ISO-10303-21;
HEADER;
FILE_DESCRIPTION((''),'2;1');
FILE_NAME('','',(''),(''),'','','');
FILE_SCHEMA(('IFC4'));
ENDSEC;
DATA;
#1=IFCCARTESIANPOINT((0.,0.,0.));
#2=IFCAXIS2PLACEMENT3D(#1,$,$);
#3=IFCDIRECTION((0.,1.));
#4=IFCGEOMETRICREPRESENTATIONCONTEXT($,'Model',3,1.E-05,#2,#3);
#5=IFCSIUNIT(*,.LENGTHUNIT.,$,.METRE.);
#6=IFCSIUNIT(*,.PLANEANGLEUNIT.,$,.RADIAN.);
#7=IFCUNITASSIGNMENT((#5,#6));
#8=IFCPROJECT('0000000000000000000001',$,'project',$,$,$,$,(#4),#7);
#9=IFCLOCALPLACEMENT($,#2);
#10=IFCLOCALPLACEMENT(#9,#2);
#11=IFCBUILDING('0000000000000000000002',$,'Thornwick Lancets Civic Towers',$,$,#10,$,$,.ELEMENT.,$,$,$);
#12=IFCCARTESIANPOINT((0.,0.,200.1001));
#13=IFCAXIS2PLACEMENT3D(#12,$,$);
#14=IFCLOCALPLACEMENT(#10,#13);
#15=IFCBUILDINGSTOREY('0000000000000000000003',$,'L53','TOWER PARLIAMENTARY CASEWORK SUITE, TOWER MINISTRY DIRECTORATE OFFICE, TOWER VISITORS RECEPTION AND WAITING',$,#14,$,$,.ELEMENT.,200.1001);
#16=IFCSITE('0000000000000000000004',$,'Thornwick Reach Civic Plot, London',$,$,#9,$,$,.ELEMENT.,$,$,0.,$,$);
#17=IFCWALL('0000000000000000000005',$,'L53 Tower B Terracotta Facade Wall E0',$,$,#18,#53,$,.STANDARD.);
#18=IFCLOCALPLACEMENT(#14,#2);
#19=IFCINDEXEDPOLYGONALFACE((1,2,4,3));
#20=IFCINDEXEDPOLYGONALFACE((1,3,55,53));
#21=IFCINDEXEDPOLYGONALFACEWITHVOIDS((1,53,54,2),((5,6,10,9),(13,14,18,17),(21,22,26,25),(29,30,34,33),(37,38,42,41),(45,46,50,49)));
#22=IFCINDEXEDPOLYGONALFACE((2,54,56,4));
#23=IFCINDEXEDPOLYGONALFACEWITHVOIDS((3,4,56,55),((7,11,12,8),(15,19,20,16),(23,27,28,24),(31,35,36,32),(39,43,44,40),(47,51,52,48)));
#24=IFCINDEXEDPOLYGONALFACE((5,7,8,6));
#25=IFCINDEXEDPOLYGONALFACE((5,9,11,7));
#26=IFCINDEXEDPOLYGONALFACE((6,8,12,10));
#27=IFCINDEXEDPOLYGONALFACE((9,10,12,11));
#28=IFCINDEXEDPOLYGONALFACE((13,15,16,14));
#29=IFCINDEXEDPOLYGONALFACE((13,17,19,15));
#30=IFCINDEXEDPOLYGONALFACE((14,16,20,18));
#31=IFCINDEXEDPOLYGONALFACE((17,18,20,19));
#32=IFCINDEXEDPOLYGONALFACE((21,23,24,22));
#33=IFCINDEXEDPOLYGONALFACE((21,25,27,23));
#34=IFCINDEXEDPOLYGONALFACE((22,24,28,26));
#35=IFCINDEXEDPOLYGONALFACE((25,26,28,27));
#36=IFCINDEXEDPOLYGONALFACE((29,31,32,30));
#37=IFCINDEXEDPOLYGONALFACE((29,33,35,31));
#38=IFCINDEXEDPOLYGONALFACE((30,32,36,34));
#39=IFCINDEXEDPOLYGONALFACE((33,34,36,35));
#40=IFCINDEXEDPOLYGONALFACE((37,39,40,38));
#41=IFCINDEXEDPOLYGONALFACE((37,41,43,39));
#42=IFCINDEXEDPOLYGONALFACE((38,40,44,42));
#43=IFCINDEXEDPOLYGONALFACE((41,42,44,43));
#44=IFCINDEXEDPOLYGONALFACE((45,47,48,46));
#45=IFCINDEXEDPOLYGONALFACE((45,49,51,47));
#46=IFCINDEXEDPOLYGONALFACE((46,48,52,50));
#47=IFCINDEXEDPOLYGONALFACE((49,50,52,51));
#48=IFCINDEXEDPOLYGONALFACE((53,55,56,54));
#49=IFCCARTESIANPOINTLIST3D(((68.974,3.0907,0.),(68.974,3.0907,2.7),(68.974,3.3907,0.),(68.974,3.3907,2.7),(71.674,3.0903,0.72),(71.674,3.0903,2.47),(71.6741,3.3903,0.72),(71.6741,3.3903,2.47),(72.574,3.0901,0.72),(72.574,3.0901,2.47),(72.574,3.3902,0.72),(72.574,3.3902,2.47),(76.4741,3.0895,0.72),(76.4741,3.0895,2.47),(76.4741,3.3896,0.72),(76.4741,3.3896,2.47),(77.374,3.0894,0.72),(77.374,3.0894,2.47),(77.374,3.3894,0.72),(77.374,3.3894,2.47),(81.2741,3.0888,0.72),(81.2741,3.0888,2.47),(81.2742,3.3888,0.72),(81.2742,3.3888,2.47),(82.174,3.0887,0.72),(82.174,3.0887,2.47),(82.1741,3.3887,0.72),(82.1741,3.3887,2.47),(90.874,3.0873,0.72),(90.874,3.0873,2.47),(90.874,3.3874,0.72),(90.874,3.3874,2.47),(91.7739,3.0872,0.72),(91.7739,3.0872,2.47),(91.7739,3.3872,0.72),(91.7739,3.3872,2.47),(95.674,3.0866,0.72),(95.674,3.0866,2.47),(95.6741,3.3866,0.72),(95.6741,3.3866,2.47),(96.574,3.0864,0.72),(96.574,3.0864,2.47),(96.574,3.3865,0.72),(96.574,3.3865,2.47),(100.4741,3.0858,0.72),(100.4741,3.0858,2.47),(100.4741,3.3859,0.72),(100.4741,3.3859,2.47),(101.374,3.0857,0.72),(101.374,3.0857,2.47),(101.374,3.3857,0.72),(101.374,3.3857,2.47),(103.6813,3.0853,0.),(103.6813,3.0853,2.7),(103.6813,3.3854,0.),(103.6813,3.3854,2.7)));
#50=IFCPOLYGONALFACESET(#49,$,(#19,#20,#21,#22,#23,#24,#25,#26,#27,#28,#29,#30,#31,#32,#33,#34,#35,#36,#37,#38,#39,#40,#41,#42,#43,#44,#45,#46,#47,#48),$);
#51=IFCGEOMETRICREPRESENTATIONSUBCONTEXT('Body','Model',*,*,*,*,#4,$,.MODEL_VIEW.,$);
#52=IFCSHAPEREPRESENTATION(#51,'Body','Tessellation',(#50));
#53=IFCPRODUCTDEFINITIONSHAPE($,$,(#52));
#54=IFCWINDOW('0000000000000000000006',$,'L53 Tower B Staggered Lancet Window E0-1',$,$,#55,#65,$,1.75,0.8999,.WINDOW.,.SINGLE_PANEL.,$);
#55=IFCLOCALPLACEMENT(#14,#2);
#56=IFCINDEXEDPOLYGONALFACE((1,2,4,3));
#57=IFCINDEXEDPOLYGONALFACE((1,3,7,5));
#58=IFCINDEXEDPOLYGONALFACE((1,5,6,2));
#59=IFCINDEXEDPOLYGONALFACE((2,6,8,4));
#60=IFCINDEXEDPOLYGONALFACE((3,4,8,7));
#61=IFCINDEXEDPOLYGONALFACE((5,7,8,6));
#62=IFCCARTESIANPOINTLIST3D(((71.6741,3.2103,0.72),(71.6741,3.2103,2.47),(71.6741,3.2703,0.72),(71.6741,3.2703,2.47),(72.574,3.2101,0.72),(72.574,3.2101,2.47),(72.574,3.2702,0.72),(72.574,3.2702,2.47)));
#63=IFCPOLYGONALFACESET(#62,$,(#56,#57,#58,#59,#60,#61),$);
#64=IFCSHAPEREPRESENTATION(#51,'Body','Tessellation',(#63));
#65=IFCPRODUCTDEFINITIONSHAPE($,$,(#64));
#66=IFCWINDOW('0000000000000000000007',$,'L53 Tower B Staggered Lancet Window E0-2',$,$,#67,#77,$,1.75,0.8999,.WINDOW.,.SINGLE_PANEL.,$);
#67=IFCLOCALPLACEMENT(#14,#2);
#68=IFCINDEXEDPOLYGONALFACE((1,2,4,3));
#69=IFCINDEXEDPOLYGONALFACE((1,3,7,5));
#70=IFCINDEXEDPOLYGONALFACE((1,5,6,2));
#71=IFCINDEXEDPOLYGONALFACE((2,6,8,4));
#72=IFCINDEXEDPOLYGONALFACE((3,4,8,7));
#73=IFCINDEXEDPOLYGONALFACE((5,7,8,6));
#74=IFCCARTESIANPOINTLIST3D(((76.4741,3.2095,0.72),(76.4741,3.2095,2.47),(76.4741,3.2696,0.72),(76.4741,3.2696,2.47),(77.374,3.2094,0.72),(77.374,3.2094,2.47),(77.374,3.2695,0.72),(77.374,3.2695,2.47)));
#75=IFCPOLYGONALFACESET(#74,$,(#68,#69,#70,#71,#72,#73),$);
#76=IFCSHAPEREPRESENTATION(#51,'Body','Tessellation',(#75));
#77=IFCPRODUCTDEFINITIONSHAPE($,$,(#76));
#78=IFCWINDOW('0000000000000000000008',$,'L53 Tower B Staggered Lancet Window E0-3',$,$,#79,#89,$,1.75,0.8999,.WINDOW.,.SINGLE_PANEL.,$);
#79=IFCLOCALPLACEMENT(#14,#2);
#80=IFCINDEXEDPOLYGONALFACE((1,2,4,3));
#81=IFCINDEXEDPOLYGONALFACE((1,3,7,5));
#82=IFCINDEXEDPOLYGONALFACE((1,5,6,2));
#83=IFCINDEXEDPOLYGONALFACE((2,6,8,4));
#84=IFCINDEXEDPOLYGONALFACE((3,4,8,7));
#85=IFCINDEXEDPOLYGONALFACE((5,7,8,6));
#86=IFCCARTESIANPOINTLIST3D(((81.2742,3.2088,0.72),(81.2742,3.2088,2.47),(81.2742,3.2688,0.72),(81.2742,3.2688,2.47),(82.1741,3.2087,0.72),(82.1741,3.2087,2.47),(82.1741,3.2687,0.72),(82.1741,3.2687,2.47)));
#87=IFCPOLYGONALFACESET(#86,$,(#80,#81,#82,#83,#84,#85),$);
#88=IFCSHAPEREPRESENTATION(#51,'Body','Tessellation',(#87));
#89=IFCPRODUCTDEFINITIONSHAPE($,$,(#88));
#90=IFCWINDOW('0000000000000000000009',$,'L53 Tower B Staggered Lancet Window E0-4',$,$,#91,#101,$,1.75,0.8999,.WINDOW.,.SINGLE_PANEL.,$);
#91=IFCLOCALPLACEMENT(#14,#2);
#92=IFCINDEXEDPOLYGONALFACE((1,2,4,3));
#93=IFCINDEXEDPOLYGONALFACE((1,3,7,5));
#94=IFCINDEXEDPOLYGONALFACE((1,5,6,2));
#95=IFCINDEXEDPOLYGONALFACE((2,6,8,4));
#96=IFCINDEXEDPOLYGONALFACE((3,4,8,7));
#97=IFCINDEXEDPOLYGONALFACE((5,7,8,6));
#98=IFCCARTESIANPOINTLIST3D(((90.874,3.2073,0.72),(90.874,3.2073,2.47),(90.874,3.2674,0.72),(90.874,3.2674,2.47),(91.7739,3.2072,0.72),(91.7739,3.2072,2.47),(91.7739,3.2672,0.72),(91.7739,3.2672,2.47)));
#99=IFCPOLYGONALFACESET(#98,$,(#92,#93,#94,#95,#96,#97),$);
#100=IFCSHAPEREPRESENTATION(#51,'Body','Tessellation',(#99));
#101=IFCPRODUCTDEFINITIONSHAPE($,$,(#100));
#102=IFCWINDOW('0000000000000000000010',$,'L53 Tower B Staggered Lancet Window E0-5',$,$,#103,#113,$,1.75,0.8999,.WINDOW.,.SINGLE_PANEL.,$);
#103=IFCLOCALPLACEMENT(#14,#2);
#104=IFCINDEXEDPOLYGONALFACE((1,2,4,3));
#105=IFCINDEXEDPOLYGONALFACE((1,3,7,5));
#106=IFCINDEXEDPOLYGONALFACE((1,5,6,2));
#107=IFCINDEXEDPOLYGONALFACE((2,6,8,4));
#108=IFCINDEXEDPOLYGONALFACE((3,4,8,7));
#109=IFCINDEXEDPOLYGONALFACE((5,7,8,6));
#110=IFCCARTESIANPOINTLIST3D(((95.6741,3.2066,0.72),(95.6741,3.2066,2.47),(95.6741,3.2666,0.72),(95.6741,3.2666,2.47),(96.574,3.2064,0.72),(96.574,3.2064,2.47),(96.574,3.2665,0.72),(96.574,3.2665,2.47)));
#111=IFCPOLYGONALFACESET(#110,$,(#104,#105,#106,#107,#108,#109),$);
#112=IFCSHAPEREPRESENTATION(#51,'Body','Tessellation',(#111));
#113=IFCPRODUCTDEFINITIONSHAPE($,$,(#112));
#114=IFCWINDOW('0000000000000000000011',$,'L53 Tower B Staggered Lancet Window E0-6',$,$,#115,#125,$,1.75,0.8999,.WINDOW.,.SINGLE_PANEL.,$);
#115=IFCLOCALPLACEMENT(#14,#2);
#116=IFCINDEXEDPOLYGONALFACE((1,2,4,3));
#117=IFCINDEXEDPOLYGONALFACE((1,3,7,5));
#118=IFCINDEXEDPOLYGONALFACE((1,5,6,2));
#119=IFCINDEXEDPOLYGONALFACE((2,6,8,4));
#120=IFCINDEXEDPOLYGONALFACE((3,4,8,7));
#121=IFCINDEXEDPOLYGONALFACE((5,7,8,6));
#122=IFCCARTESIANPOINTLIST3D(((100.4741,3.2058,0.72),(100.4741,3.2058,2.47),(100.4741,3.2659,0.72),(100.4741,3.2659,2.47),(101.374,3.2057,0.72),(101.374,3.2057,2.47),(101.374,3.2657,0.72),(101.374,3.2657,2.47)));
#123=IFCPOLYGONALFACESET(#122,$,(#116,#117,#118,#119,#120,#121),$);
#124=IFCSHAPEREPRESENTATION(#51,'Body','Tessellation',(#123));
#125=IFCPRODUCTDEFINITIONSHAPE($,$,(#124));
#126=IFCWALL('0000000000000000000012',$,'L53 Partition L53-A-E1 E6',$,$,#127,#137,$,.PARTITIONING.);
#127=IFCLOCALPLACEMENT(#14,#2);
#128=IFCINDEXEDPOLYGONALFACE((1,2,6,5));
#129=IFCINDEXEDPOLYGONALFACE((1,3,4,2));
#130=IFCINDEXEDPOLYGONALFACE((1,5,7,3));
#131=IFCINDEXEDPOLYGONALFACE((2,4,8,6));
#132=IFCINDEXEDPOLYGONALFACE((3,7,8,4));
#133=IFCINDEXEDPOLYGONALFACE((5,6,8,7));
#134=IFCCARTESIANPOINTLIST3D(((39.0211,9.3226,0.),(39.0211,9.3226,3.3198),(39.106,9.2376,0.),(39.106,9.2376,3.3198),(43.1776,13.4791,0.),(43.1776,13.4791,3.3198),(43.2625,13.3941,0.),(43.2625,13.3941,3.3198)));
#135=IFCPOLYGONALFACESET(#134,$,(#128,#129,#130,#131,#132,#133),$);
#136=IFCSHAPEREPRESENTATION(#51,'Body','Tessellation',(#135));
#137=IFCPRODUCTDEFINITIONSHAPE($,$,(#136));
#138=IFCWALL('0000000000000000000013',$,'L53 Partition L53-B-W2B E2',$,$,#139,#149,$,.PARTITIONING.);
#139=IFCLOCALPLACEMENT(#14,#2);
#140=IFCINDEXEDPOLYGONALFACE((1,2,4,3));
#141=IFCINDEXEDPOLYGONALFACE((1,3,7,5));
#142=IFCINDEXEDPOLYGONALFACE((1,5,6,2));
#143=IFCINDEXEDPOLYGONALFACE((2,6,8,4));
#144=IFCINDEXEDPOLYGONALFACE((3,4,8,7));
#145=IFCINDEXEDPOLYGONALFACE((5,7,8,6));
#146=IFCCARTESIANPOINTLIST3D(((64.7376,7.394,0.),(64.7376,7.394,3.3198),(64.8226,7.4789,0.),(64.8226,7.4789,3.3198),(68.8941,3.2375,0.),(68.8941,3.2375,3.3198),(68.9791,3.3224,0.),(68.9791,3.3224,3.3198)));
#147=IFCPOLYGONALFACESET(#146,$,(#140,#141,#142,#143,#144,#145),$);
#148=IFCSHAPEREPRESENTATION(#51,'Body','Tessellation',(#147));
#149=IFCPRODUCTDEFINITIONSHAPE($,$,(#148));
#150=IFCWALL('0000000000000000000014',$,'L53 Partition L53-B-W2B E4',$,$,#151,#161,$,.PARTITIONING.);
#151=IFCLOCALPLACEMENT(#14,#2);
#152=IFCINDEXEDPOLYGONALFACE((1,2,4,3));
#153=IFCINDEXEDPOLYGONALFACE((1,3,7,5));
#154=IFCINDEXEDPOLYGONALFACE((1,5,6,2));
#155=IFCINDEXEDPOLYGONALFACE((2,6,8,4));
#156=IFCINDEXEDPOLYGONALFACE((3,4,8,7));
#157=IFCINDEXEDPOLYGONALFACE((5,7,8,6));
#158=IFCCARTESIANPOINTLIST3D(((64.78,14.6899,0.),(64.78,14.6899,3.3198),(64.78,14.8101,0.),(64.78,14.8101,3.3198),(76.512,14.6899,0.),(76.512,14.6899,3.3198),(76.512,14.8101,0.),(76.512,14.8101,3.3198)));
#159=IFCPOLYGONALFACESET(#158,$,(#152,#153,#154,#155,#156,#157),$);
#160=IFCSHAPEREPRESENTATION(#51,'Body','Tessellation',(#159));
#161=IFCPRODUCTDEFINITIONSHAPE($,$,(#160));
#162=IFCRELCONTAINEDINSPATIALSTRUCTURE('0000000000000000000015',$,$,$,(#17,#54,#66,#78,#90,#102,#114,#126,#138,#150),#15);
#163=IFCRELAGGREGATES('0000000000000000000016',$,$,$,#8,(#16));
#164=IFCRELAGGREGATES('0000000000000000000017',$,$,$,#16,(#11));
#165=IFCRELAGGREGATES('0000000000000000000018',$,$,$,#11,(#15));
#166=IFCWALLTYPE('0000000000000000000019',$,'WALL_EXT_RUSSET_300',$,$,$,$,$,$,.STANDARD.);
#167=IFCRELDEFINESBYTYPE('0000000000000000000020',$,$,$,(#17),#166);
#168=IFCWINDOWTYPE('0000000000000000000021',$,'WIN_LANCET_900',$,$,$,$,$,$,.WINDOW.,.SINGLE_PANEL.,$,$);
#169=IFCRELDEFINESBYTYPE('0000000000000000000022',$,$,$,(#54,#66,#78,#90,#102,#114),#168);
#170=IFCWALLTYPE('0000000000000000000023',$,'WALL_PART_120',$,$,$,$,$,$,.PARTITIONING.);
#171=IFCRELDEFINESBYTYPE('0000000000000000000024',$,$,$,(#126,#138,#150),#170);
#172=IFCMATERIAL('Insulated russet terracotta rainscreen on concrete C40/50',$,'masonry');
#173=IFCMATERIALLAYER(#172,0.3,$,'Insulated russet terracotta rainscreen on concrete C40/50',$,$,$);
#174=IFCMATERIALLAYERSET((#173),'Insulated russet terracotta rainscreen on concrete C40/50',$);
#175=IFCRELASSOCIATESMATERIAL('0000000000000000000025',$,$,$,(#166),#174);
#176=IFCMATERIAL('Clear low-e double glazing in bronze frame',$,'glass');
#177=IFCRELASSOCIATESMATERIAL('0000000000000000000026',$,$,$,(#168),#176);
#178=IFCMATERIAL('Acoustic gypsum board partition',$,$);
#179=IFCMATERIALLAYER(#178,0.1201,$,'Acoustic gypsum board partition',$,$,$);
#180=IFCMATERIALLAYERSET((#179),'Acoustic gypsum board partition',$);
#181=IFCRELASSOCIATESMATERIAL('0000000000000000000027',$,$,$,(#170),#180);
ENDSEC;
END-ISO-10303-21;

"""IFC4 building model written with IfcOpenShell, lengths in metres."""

from ifc_helpers import new_model, si_unit, direction, frame, frame_2d, origin, place, context, subcontext, project, spatial, rectangle, extrude, material, layer, layer_set, type_object, element, fill, save


model = new_model("IFC4")

# Units and contexts
model_context = context("Model", 3, precision=1e-05, world=origin(), true_north=direction((0.0, 1.0)))
body_context = subcontext(model_context, "Body", "Model", "MODEL_VIEW")
ifc_project = project(units=[si_unit("LENGTHUNIT", "METRE"), si_unit("PLANEANGLEUNIT", "RADIAN")], contexts=[model_context])

# Site, building, storey
site_placement = place(None, origin())
site = spatial("IfcSite", under=ifc_project, at=site_placement, Name="Thornwick Reach Civic Plot, London", CompositionType="ELEMENT", RefElevation=0.0)
building_placement = place(site_placement, origin())
building = spatial("IfcBuilding", under=site, at=building_placement, Name="Thornwick Lancets Civic Towers", CompositionType="ELEMENT")
storey_placement = place(building_placement, frame((0.0, 0.0, 200.1001)))
storey = spatial("IfcBuildingStorey", under=building, at=storey_placement, Name="L53", Description="TOWER PARLIAMENTARY CASEWORK SUITE, TOWER MINISTRY DIRECTORATE OFFICE, TOWER VISITORS RECEPTION AND WAITING", CompositionType="ELEMENT", Elevation=200.1001)

# Shared definitions
ifc_material_1 = material(Name="Insulated russet terracotta rainscreen on concrete C40/50", Category="masonry")
ifc_layer_1 = layer(ifc_material_1, 0.3, Name="Insulated russet terracotta rainscreen on concrete C40/50")
ifc_layer_set_1 = layer_set([ifc_layer_1], Name="Insulated russet terracotta rainscreen on concrete C40/50")
wall_type_1 = type_object("IfcWallType", Name="WALL_EXT_RUSSET_300", PredefinedType="STANDARD", material=ifc_layer_set_1)
ifc_material_2 = material(Name="Clear low-e double glazing in bronze frame", Category="glass")
window_type = type_object("IfcWindowType", Name="WIN_LANCET_900", PartitioningType="SINGLE_PANEL", PredefinedType="WINDOW", material=ifc_material_2)

# Wall, openings, windows
wall_1_placement = place(storey_placement, frame((68.9741, 3.2407, 0.0), z_axis=(0.0, 0.0, 1.0), x_axis=(1.0, -0.000155, 0.0)))
wall_1 = element("IfcWall", 1, at=wall_1_placement, inside=storey, type_object=wall_type_1, Name="L53 Tower B Terracotta Facade Wall E0", PredefinedType="STANDARD", context=body_context, shape_type="SweptSolid", body=[
    extrude(rectangle(XDim=34.7073, YDim=0.3, at=frame_2d((17.3535, 0.0))), origin(), (0.0, 0.0, 1.0), 2.7),
])
opening_1_placement = place(wall_1_placement, frame((2.7, 0.0, 0.72)))
opening_1 = element("IfcOpeningElement", 2, at=opening_1_placement, cuts=wall_1, PredefinedType="OPENING", context=body_context, shape_type="SweptSolid", body=[
    extrude(rectangle(XDim=0.8999, YDim=1.75, at=frame_2d((0.45, 0.875))), frame((0.0, 0.1602, 0.0), z_axis=(0.0, -1.0, 0.0), x_axis=(1.0, 0.0, 0.0)), (0.0, 0.0, 1.0), 0.3201),
])
opening_2_placement = place(wall_1_placement, frame((7.5, 0.0, 0.72)))
opening_2 = element("IfcOpeningElement", 3, at=opening_2_placement, cuts=wall_1, PredefinedType="OPENING", context=body_context, shape_type="SweptSolid", body=[
    extrude(rectangle(XDim=0.8999, YDim=1.75, at=frame_2d((0.45, 0.875))), frame((0.0, 0.1602, 0.0), z_axis=(0.0, -1.0, 0.0), x_axis=(1.0, 0.0, 0.0)), (0.0, 0.0, 1.0), 0.3201),
])
opening_3_placement = place(wall_1_placement, frame((12.3, 0.0, 0.72)))
opening_3 = element("IfcOpeningElement", 4, at=opening_3_placement, cuts=wall_1, PredefinedType="OPENING", context=body_context, shape_type="SweptSolid", body=[
    extrude(rectangle(XDim=0.8999, YDim=1.75, at=frame_2d((0.45, 0.875))), frame((0.0, 0.1602, 0.0), z_axis=(0.0, -1.0, 0.0), x_axis=(1.0, 0.0, 0.0)), (0.0, 0.0, 1.0), 0.3201),
])
opening_4_placement = place(wall_1_placement, frame((21.8999, 0.0, 0.72)))
opening_4 = element("IfcOpeningElement", 5, at=opening_4_placement, cuts=wall_1, PredefinedType="OPENING", context=body_context, shape_type="SweptSolid", body=[
    extrude(rectangle(XDim=0.8999, YDim=1.75, at=frame_2d((0.45, 0.875))), frame((0.0, 0.1602, 0.0), z_axis=(0.0, -1.0, 0.0), x_axis=(1.0, 0.0, 0.0)), (0.0, 0.0, 1.0), 0.3201),
])
opening_5_placement = place(wall_1_placement, frame((26.7, 0.0, 0.72)))
opening_5 = element("IfcOpeningElement", 6, at=opening_5_placement, cuts=wall_1, PredefinedType="OPENING", context=body_context, shape_type="SweptSolid", body=[
    extrude(rectangle(XDim=0.8999, YDim=1.75, at=frame_2d((0.45, 0.875))), frame((0.0, 0.1602, 0.0), z_axis=(0.0, -1.0, 0.0), x_axis=(1.0, 0.0, 0.0)), (0.0, 0.0, 1.0), 0.3201),
])
opening_6_placement = place(wall_1_placement, frame((31.5, 0.0, 0.72)))
opening_6 = element("IfcOpeningElement", 7, at=opening_6_placement, cuts=wall_1, PredefinedType="OPENING", context=body_context, shape_type="SweptSolid", body=[
    extrude(rectangle(XDim=0.8999, YDim=1.75, at=frame_2d((0.45, 0.875))), frame((0.0, 0.1602, 0.0), z_axis=(0.0, -1.0, 0.0), x_axis=(1.0, 0.0, 0.0)), (0.0, 0.0, 1.0), 0.3201),
])
window_1_placement = place(opening_1_placement, origin())
window_1 = element("IfcWindow", 8, at=window_1_placement, inside=storey, type_object=window_type, Name="L53 Tower B Staggered Lancet Window E0-1", OverallHeight=1.75, OverallWidth=0.8999, PartitioningType="SINGLE_PANEL", PredefinedType="WINDOW", context=body_context, shape_type="SweptSolid", body=[
    extrude(rectangle(XDim=0.8999, YDim=1.75, at=frame_2d((0.45, 0.875))), frame((0.0, 0.03, 0.0), z_axis=(0.0, -1.0, 0.0), x_axis=(1.0, 0.0, 0.0)), (0.0, 0.0, 1.0), 0.0601),
])
fill(opening_1, window_1)
window_2_placement = place(opening_2_placement, origin())
window_2 = element("IfcWindow", 9, at=window_2_placement, inside=storey, type_object=window_type, Name="L53 Tower B Staggered Lancet Window E0-2", OverallHeight=1.75, OverallWidth=0.8999, PartitioningType="SINGLE_PANEL", PredefinedType="WINDOW", context=body_context, shape_type="SweptSolid", body=[
    extrude(rectangle(XDim=0.8999, YDim=1.75, at=frame_2d((0.45, 0.875))), frame((0.0, 0.03, 0.0), z_axis=(0.0, -1.0, 0.0), x_axis=(1.0, 0.0, 0.0)), (0.0, 0.0, 1.0), 0.0601),
])
fill(opening_2, window_2)
window_3_placement = place(opening_3_placement, origin())
window_3 = element("IfcWindow", 10, at=window_3_placement, inside=storey, type_object=window_type, Name="L53 Tower B Staggered Lancet Window E0-3", OverallHeight=1.75, OverallWidth=0.8999, PartitioningType="SINGLE_PANEL", PredefinedType="WINDOW", context=body_context, shape_type="SweptSolid", body=[
    extrude(rectangle(XDim=0.8999, YDim=1.75, at=frame_2d((0.45, 0.875))), frame((0.0, 0.03, 0.0), z_axis=(0.0, -1.0, 0.0), x_axis=(1.0, 0.0, 0.0)), (0.0, 0.0, 1.0), 0.0601),
])
fill(opening_3, window_3)
window_4_placement = place(opening_4_placement, origin())
window_4 = element("IfcWindow", 11, at=window_4_placement, inside=storey, type_object=window_type, Name="L53 Tower B Staggered Lancet Window E0-4", OverallHeight=1.75, OverallWidth=0.8999, PartitioningType="SINGLE_PANEL", PredefinedType="WINDOW", context=body_context, shape_type="SweptSolid", body=[
    extrude(rectangle(XDim=0.8999, YDim=1.75, at=frame_2d((0.45, 0.875))), frame((0.0, 0.03, 0.0), z_axis=(0.0, -1.0, 0.0), x_axis=(1.0, 0.0, 0.0)), (0.0, 0.0, 1.0), 0.0601),
])
fill(opening_4, window_4)
window_5_placement = place(opening_5_placement, origin())
window_5 = element("IfcWindow", 12, at=window_5_placement, inside=storey, type_object=window_type, Name="L53 Tower B Staggered Lancet Window E0-5", OverallHeight=1.75, OverallWidth=0.8999, PartitioningType="SINGLE_PANEL", PredefinedType="WINDOW", context=body_context, shape_type="SweptSolid", body=[
    extrude(rectangle(XDim=0.8999, YDim=1.75, at=frame_2d((0.45, 0.875))), frame((0.0, 0.03, 0.0), z_axis=(0.0, -1.0, 0.0), x_axis=(1.0, 0.0, 0.0)), (0.0, 0.0, 1.0), 0.0601),
])
fill(opening_5, window_5)
window_6_placement = place(opening_6_placement, origin())
window_6 = element("IfcWindow", 13, at=window_6_placement, inside=storey, type_object=window_type, Name="L53 Tower B Staggered Lancet Window E0-6", OverallHeight=1.75, OverallWidth=0.8999, PartitioningType="SINGLE_PANEL", PredefinedType="WINDOW", context=body_context, shape_type="SweptSolid", body=[
    extrude(rectangle(XDim=0.8999, YDim=1.75, at=frame_2d((0.45, 0.875))), frame((0.0, 0.03, 0.0), z_axis=(0.0, -1.0, 0.0), x_axis=(1.0, 0.0, 0.0)), (0.0, 0.0, 1.0), 0.0601),
])
fill(opening_6, window_6)

# Walls
ifc_material_3 = material(Name="Acoustic gypsum board partition")
ifc_layer_2 = layer(ifc_material_3, 0.1201, Name="Acoustic gypsum board partition")
ifc_layer_set_2 = layer_set([ifc_layer_2], Name="Acoustic gypsum board partition")
wall_type_2 = type_object("IfcWallType", Name="WALL_PART_120", PredefinedType="PARTITIONING", material=ifc_layer_set_2)
for number, where, z_axis, x_axis, name in (
    (14, (43.22, 13.4365, 0.0), (0.0, 0.0, 1.0), (-0.707107, -0.707107, 0.0), "L53 Partition L53-A-E1 E6"),
    (15, (68.9365, 3.28, 0.0), (0.0, 0.0, 1.0), (-0.707107, 0.707107, 0.0), "L53 Partition L53-B-W2B E2"),
):
    element("IfcWall", number, at=place(storey_placement, frame(where, z_axis=z_axis, x_axis=x_axis)), inside=storey, type_object=wall_type_2, Name=name, PredefinedType="PARTITIONING", context=body_context, shape_type="SweptSolid", body=[
        extrude(rectangle(XDim=5.8782, YDim=0.1201, at=frame_2d((2.939, 0.0))), origin(), (0.0, 0.0, 1.0), 3.3198),
    ])
wall_2_placement = place(storey_placement, frame((64.78, 14.75, 0.0), z_axis=(0.0, 0.0, 1.0), x_axis=(1.0, 0.0, 0.0)))
element("IfcWall", 16, at=wall_2_placement, inside=storey, type_object=wall_type_2, Name="L53 Partition L53-B-W2B E4", PredefinedType="PARTITIONING", context=body_context, shape_type="SweptSolid", body=[
    extrude(rectangle(XDim=11.7319, YDim=0.1201, at=frame_2d((5.866, 0.0))), origin(), (0.0, 0.0, 1.0), 3.3198),
])

save(model, "model.ifc")
